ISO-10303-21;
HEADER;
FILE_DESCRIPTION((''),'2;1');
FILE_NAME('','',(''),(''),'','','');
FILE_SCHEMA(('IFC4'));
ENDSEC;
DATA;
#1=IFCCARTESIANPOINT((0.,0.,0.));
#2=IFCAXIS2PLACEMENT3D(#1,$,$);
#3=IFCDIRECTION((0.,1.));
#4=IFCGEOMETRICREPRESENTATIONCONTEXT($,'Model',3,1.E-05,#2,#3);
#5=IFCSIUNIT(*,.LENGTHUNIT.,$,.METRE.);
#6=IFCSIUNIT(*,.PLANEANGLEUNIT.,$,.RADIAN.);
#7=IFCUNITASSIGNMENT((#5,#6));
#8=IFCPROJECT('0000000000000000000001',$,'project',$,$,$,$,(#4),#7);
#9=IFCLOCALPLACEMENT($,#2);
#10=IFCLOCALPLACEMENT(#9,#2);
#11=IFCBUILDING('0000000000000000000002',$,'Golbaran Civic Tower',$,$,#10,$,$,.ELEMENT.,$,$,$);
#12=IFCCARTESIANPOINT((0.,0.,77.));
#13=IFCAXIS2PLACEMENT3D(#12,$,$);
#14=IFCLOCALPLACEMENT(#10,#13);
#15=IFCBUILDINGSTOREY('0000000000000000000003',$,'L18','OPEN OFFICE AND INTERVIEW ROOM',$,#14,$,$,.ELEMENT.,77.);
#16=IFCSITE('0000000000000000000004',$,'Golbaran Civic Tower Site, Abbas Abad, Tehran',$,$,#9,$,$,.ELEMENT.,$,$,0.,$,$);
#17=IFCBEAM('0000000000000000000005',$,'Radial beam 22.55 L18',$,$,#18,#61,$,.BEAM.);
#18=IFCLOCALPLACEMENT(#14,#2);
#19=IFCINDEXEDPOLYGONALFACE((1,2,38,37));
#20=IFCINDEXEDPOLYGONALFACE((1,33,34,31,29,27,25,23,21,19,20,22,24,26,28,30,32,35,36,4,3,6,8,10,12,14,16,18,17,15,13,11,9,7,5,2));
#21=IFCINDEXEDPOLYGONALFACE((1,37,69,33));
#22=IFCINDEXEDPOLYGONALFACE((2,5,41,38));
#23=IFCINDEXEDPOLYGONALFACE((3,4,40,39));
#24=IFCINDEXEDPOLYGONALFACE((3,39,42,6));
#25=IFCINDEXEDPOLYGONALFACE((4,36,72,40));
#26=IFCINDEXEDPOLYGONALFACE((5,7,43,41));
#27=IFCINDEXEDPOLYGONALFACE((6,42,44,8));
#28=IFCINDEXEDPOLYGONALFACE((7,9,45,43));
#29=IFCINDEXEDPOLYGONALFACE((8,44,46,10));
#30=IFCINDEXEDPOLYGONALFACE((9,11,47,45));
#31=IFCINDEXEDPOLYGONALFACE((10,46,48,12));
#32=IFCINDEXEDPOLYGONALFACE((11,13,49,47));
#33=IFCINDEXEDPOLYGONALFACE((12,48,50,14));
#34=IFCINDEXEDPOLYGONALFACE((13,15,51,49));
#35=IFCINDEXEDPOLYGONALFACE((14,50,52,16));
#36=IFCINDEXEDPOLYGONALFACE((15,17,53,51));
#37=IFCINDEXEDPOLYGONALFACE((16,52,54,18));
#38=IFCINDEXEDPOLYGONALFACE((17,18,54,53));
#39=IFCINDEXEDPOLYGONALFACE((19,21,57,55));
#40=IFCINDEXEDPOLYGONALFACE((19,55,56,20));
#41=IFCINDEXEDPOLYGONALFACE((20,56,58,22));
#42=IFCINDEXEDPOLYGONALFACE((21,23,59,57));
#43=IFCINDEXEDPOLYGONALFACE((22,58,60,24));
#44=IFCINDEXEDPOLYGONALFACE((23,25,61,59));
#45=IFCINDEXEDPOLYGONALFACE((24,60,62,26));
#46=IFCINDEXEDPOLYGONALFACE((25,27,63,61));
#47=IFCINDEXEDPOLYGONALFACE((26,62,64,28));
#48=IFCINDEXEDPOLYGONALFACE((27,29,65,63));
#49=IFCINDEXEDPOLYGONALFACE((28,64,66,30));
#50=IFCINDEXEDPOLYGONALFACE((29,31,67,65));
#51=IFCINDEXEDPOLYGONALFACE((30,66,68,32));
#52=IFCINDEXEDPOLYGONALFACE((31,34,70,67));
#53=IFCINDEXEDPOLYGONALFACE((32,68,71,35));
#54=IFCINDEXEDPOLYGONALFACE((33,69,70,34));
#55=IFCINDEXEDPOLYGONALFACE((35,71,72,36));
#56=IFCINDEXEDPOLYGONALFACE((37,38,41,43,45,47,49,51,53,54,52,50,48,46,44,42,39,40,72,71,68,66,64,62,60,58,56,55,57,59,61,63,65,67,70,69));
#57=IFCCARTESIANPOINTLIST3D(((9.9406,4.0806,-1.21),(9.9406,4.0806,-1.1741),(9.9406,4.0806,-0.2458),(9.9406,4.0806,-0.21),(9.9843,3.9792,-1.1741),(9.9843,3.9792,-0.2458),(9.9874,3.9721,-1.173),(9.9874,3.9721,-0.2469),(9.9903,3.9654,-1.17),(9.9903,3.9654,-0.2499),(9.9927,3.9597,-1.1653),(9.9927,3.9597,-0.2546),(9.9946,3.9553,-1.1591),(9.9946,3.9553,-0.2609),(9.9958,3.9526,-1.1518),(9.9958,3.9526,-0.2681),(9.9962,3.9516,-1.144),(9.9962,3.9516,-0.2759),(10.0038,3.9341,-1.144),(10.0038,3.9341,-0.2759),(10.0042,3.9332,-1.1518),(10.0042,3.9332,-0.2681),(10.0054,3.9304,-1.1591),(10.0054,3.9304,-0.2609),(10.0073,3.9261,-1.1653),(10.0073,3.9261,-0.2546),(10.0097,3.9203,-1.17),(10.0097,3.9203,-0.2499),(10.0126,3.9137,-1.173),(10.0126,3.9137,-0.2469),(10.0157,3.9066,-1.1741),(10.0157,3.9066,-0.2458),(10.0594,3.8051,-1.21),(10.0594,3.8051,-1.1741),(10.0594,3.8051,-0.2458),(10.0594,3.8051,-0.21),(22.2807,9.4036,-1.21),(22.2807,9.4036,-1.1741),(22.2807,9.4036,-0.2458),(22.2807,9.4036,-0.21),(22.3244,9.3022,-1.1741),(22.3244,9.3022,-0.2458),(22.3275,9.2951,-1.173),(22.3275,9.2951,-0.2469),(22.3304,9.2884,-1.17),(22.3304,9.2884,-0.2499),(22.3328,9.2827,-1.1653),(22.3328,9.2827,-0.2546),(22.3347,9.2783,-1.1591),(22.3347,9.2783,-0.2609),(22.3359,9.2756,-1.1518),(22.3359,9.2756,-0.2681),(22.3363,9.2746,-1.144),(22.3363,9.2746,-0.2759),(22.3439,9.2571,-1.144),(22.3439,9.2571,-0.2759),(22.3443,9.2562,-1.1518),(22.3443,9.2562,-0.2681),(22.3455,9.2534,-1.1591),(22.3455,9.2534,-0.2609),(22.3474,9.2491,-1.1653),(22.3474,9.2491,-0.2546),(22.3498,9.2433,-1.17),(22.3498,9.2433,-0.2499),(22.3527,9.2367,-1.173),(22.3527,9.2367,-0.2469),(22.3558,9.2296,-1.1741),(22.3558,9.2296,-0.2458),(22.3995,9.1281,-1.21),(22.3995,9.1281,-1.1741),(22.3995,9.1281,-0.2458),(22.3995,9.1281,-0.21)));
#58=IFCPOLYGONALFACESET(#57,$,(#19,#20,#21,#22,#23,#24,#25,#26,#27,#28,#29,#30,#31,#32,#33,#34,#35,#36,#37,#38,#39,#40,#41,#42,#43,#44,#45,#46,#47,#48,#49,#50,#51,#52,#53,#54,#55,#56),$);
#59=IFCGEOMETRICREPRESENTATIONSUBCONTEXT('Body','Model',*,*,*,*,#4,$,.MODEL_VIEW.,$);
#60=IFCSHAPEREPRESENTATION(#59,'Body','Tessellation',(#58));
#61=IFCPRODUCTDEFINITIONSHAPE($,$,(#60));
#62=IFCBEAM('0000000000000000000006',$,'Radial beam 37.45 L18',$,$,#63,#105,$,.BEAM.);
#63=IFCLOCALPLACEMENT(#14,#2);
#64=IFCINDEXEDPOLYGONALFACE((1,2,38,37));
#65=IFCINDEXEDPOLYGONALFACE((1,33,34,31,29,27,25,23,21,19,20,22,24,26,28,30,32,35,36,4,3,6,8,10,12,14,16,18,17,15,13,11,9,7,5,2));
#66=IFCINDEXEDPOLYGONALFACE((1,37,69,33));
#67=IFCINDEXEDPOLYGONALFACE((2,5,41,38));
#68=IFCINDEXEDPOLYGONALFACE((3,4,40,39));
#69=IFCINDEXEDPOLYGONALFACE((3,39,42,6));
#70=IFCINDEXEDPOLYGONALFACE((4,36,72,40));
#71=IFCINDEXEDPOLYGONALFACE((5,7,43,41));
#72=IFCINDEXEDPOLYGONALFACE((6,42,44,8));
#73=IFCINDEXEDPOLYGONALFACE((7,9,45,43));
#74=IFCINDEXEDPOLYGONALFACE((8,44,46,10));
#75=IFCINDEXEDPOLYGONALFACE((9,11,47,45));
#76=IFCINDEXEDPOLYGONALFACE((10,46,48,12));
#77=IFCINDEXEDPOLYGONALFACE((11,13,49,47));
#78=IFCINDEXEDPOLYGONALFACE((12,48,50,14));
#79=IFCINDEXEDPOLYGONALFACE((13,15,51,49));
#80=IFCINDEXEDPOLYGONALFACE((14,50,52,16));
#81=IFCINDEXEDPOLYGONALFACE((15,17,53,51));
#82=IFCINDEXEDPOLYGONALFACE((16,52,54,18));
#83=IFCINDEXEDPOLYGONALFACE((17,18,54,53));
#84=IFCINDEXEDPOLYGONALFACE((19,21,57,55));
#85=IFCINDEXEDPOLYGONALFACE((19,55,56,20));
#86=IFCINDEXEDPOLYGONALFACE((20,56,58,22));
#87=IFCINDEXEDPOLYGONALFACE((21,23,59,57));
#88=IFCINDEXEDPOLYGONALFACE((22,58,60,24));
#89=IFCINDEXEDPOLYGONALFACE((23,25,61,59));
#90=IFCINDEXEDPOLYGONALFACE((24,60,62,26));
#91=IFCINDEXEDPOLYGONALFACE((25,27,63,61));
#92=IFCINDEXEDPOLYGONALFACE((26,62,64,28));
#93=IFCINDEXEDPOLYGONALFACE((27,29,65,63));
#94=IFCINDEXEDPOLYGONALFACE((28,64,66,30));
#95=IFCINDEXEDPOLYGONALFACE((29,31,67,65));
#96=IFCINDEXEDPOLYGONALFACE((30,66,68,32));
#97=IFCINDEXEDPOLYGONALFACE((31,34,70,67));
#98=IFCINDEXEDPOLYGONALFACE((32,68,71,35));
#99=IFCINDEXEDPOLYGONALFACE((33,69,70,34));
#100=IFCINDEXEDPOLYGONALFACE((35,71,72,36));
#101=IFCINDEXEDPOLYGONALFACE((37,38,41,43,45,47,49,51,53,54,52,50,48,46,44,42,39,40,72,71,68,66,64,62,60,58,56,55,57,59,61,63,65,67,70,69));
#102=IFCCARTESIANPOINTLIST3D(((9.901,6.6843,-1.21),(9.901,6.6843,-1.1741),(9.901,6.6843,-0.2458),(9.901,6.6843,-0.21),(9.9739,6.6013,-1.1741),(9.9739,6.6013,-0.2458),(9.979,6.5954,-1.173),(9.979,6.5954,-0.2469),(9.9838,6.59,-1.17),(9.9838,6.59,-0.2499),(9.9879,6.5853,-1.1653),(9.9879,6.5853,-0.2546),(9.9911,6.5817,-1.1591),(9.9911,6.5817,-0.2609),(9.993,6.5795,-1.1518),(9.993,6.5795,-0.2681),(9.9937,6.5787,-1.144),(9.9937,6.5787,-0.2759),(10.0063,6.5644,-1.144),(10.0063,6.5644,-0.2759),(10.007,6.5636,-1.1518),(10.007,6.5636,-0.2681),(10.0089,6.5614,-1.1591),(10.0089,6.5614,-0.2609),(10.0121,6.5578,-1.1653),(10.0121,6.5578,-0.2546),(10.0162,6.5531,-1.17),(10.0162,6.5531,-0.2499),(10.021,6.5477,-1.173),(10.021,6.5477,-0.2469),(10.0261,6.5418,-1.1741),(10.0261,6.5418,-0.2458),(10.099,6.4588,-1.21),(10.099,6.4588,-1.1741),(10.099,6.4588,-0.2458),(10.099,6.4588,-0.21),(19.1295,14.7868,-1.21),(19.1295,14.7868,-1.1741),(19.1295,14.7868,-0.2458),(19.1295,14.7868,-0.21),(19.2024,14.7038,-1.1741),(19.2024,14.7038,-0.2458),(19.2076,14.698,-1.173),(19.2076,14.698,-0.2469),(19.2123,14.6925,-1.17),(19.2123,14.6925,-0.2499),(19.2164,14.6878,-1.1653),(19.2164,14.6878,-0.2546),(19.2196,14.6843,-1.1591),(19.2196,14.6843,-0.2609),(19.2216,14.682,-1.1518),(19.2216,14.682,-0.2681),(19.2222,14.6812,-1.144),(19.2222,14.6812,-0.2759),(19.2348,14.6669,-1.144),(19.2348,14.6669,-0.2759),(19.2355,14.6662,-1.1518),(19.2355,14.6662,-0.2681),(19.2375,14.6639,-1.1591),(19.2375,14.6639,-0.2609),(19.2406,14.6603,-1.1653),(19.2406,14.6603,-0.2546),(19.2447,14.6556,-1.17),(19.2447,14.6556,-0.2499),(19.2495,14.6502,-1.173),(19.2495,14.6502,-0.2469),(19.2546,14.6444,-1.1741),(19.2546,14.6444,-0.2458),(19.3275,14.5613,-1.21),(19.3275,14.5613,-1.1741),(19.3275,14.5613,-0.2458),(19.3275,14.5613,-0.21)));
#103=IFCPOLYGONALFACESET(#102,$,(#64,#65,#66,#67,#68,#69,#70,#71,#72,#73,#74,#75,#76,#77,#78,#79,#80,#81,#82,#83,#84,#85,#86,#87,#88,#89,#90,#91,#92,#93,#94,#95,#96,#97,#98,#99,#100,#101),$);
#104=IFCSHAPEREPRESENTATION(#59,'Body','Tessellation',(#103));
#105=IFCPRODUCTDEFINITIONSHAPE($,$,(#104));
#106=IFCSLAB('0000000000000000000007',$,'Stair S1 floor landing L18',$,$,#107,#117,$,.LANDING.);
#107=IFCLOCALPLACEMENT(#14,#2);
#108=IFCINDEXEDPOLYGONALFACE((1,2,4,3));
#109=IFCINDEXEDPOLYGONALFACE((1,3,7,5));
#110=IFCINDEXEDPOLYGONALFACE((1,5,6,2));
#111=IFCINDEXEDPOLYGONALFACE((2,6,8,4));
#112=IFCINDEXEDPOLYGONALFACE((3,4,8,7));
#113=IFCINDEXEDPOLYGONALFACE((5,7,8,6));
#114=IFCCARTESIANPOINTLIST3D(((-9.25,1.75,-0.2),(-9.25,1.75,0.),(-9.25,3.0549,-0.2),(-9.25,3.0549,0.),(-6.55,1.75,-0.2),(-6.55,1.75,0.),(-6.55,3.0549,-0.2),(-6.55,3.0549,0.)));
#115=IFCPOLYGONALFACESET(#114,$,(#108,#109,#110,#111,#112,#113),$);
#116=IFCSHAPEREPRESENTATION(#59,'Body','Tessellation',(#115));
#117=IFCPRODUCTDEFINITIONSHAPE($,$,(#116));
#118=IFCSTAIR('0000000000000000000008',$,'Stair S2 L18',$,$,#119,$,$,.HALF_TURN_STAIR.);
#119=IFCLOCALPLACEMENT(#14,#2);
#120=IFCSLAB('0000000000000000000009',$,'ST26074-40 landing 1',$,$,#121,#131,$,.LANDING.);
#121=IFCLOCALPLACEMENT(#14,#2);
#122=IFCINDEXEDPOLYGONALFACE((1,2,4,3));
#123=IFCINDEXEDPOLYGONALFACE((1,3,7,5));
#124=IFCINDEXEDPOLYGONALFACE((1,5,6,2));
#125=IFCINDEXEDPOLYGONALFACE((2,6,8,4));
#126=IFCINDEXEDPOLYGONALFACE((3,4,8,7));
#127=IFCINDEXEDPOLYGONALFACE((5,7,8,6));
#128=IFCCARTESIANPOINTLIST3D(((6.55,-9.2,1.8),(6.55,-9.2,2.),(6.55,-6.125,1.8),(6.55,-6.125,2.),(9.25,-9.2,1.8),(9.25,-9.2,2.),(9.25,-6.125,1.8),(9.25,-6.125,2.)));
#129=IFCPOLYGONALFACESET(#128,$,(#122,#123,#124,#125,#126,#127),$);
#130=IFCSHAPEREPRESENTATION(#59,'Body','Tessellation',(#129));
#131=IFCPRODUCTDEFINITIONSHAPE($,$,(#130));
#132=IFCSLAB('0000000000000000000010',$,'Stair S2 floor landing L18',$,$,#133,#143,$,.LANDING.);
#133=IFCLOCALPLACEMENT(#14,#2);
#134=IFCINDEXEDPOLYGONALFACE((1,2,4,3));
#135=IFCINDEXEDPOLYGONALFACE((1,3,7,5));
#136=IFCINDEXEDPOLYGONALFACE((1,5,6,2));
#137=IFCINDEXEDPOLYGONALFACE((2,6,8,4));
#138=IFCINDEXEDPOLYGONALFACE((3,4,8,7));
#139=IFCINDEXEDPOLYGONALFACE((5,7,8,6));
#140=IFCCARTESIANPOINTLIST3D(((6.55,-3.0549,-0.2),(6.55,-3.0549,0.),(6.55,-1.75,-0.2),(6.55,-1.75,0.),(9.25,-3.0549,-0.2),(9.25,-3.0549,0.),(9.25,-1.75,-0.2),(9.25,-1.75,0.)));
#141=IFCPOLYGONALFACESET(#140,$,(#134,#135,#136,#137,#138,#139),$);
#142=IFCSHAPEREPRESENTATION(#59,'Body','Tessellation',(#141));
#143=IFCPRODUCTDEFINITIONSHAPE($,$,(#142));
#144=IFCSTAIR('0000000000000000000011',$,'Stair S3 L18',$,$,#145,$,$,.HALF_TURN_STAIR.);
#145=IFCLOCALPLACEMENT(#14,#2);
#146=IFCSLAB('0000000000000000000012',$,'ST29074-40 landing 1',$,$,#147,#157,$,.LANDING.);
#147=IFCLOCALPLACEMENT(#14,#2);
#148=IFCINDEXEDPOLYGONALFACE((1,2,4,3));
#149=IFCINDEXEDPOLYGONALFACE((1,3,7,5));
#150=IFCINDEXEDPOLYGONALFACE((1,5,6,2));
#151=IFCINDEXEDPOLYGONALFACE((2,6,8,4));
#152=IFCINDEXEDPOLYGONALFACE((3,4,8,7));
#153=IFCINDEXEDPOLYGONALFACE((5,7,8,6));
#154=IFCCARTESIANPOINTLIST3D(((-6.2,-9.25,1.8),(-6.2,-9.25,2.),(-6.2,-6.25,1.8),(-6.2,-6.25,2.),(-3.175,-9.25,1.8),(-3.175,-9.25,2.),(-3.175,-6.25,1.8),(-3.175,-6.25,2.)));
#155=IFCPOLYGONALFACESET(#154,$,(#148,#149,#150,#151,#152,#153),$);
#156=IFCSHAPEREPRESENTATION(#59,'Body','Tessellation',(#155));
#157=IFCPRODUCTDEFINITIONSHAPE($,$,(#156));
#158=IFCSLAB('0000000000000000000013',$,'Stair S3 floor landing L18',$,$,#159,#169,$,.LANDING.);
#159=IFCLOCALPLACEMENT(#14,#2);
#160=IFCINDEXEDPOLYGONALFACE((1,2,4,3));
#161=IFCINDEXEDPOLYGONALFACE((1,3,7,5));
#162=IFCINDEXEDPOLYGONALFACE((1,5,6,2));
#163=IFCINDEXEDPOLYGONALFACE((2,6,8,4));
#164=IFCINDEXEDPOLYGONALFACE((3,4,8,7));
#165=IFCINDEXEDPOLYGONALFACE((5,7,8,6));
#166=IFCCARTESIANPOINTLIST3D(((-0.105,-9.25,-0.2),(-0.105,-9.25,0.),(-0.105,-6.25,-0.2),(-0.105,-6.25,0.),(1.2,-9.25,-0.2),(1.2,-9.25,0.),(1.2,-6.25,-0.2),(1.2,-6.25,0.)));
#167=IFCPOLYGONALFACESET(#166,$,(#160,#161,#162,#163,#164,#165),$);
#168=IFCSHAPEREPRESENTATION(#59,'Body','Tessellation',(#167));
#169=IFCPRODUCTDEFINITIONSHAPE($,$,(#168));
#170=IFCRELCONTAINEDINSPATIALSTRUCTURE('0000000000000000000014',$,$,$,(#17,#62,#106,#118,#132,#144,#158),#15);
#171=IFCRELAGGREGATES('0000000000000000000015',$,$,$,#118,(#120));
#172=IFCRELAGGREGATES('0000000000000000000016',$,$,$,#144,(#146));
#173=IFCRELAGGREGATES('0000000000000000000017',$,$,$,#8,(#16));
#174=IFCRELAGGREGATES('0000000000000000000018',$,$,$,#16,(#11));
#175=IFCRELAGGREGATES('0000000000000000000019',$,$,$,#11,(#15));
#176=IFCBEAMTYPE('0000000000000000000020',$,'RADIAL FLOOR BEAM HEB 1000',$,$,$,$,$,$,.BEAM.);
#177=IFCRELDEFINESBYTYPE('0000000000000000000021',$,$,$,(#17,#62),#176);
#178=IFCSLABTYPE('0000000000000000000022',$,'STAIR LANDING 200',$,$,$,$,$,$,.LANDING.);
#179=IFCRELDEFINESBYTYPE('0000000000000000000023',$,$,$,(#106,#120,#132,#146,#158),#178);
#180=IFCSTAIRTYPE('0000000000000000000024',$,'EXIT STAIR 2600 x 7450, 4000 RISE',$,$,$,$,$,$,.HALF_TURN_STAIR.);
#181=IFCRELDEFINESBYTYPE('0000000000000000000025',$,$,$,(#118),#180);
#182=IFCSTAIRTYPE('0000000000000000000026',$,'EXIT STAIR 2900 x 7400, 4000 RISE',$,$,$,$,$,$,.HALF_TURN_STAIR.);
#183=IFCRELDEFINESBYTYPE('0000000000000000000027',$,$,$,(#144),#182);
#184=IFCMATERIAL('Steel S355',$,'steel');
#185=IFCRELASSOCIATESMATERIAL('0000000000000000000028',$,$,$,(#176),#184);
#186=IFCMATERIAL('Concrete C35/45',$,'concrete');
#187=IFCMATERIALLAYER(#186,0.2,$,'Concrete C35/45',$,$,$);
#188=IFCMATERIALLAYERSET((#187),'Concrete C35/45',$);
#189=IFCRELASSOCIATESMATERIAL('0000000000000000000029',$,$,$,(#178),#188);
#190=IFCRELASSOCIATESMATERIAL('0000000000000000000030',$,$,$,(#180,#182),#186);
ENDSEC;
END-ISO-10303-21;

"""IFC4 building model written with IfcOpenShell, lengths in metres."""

from ifc_helpers import new_model, si_unit, direction, frame, origin, origin_2d, place, context, subcontext, project, spatial, polyline, i_section, outline, extrude, material, layer, layer_set, material_profile, profile_set, type_object, element, aggregate, save


model = new_model("IFC4")

# Units and contexts
model_context = context("Model", 3, precision=1e-05, world=origin(), true_north=direction((0.0, 1.0)))
body_context = subcontext(model_context, "Body", "Model", "MODEL_VIEW")
ifc_project = project(units=[si_unit("LENGTHUNIT", "METRE"), si_unit("PLANEANGLEUNIT", "RADIAN")], contexts=[model_context])

# Site, building, storey
site_placement = place(None, origin())
site = spatial("IfcSite", under=ifc_project, at=site_placement, Name="Golbaran Civic Tower Site, Abbas Abad, Tehran", CompositionType="ELEMENT", RefElevation=0.0)
building_placement = place(site_placement, origin())
building = spatial("IfcBuilding", under=site, at=building_placement, Name="Golbaran Civic Tower", CompositionType="ELEMENT")
storey_placement = place(building_placement, frame((0.0, 0.0, 77.0)))
storey = spatial("IfcBuildingStorey", under=building, at=storey_placement, Name="L18", Description="OPEN OFFICE AND INTERVIEW ROOM", CompositionType="ELEMENT", Elevation=77.0)

# Beams
ifc_material_1 = material(Name="Steel S355", Category="steel")
ifc_material_profile_1 = material_profile(ifc_material_1, i_section(OverallWidth=0.3, OverallDepth=1.0, WebThickness=0.019, FlangeThickness=0.0359, FilletRadius=0.03, at=origin_2d()), Name="HEB 1000")
ifc_profile_set_1 = profile_set([ifc_material_profile_1], Name="Steel S355")
beam_type_1 = type_object("IfcBeamType", Name="RADIAL FLOOR BEAM HEB 1000", PredefinedType="BEAM", material=ifc_profile_set_1)
beam_1_placement = place(storey_placement, frame((10.0, 3.9429, -0.71), z_axis=(0.918216, 0.39608, 0.0), x_axis=(-0.39608, 0.918216, 0.0)))
element("IfcBeam", 1, at=beam_1_placement, inside=storey, type_object=beam_type_1, Name="Radial beam 22.55 L18", PredefinedType="BEAM", context=body_context, shape_type="SweptSolid", body=[
    extrude(i_section(OverallWidth=0.3, OverallDepth=1.0, WebThickness=0.019, FlangeThickness=0.0359, FilletRadius=0.03, at=origin_2d()), origin(), (0.0, 0.0, 1.0), 13.4392),
])
beam_2_placement = place(storey_placement, frame((10.0, 6.5715, -0.71), z_axis=(0.751462, 0.659776, 0.0), x_axis=(-0.659776, 0.751462, 0.0)))
element("IfcBeam", 2, at=beam_2_placement, inside=storey, type_object=beam_type_1, Name="Radial beam 37.45 L18", PredefinedType="BEAM", context=body_context, shape_type="SweptSolid", body=[
    extrude(i_section(OverallWidth=0.3, OverallDepth=1.0, WebThickness=0.019, FlangeThickness=0.0359, FilletRadius=0.03, at=origin_2d()), origin(), (0.0, 0.0, 1.0), 12.2808),
])

# Slab
ifc_material_2 = material(Name="Concrete C35/45", Category="concrete")
ifc_layer_1 = layer(ifc_material_2, 0.2, Name="Concrete C35/45")
ifc_layer_set_1 = layer_set([ifc_layer_1], Name="Concrete C35/45")
slab_type = type_object("IfcSlabType", Name="STAIR LANDING 200", PredefinedType="LANDING", material=ifc_layer_set_1)
slab_1_placement = place(storey_placement, frame((0.0, 0.0, -0.2)))
element("IfcSlab", 3, at=slab_1_placement, inside=storey, type_object=slab_type, Name="Stair S1 floor landing L18", PredefinedType="LANDING", context=body_context, shape_type="SweptSolid", body=[
    extrude(outline(polyline([(-9.25, 1.75), (-9.25, 3.0549), (-6.55, 3.0549), (-6.55, 1.75), (-9.25, 1.75)])), origin(), (0.0, 0.0, 1.0), 0.2),
])

# Stair, slab
stair_type_1 = type_object("IfcStairType", Name="EXIT STAIR 2600 x 7450, 4000 RISE", PredefinedType="HALF_TURN_STAIR", material=ifc_material_2)
stair_1_placement = place(storey_placement, origin())
stair_1 = element("IfcStair", 4, at=stair_1_placement, inside=storey, type_object=stair_type_1, Name="Stair S2 L18", PredefinedType="HALF_TURN_STAIR")
slab_2_placement = place(storey_placement, frame((0.0, 0.0, 1.8)))
slab_2 = element("IfcSlab", 5, at=slab_2_placement, type_object=slab_type, Name="ST26074-40 landing 1", PredefinedType="LANDING", context=body_context, shape_type="SweptSolid", body=[
    extrude(outline(polyline([(9.25, -6.125), (9.25, -9.2), (6.55, -9.2), (6.55, -6.125), (9.25, -6.125)])), origin(), (0.0, 0.0, 1.0), 0.2),
])
aggregate(stair_1, [slab_2])

# Slab
slab_3_placement = place(storey_placement, frame((0.0, 0.0, -0.2)))
element("IfcSlab", 6, at=slab_3_placement, inside=storey, type_object=slab_type, Name="Stair S2 floor landing L18", PredefinedType="LANDING", context=body_context, shape_type="SweptSolid", body=[
    extrude(outline(polyline([(9.25, -1.75), (9.25, -3.0549), (6.55, -3.0549), (6.55, -1.75), (9.25, -1.75)])), origin(), (0.0, 0.0, 1.0), 0.2),
])

# Stair, slab
stair_type_2 = type_object("IfcStairType", Name="EXIT STAIR 2900 x 7400, 4000 RISE", PredefinedType="HALF_TURN_STAIR", material=ifc_material_2)
stair_2_placement = place(storey_placement, origin())
stair_2 = element("IfcStair", 7, at=stair_2_placement, inside=storey, type_object=stair_type_2, Name="Stair S3 L18", PredefinedType="HALF_TURN_STAIR")
slab_4_placement = place(storey_placement, frame((0.0, 0.0, 1.8)))
slab_4 = element("IfcSlab", 8, at=slab_4_placement, type_object=slab_type, Name="ST29074-40 landing 1", PredefinedType="LANDING", context=body_context, shape_type="SweptSolid", body=[
    extrude(outline(polyline([(-3.175, -9.25), (-6.2, -9.25), (-6.2, -6.25), (-3.175, -6.25), (-3.175, -9.25)])), origin(), (0.0, 0.0, 1.0), 0.2),
])
aggregate(stair_2, [slab_4])

# Slab
slab_5_placement = place(storey_placement, frame((0.0, 0.0, -0.2)))
element("IfcSlab", 9, at=slab_5_placement, inside=storey, type_object=slab_type, Name="Stair S3 floor landing L18", PredefinedType="LANDING", context=body_context, shape_type="SweptSolid", body=[
    extrude(outline(polyline([(1.2, -9.25), (-0.105, -9.25), (-0.105, -6.25), (1.2, -6.25), (1.2, -9.25)])), origin(), (0.0, 0.0, 1.0), 0.2),
])

save(model, "model.ifc")
